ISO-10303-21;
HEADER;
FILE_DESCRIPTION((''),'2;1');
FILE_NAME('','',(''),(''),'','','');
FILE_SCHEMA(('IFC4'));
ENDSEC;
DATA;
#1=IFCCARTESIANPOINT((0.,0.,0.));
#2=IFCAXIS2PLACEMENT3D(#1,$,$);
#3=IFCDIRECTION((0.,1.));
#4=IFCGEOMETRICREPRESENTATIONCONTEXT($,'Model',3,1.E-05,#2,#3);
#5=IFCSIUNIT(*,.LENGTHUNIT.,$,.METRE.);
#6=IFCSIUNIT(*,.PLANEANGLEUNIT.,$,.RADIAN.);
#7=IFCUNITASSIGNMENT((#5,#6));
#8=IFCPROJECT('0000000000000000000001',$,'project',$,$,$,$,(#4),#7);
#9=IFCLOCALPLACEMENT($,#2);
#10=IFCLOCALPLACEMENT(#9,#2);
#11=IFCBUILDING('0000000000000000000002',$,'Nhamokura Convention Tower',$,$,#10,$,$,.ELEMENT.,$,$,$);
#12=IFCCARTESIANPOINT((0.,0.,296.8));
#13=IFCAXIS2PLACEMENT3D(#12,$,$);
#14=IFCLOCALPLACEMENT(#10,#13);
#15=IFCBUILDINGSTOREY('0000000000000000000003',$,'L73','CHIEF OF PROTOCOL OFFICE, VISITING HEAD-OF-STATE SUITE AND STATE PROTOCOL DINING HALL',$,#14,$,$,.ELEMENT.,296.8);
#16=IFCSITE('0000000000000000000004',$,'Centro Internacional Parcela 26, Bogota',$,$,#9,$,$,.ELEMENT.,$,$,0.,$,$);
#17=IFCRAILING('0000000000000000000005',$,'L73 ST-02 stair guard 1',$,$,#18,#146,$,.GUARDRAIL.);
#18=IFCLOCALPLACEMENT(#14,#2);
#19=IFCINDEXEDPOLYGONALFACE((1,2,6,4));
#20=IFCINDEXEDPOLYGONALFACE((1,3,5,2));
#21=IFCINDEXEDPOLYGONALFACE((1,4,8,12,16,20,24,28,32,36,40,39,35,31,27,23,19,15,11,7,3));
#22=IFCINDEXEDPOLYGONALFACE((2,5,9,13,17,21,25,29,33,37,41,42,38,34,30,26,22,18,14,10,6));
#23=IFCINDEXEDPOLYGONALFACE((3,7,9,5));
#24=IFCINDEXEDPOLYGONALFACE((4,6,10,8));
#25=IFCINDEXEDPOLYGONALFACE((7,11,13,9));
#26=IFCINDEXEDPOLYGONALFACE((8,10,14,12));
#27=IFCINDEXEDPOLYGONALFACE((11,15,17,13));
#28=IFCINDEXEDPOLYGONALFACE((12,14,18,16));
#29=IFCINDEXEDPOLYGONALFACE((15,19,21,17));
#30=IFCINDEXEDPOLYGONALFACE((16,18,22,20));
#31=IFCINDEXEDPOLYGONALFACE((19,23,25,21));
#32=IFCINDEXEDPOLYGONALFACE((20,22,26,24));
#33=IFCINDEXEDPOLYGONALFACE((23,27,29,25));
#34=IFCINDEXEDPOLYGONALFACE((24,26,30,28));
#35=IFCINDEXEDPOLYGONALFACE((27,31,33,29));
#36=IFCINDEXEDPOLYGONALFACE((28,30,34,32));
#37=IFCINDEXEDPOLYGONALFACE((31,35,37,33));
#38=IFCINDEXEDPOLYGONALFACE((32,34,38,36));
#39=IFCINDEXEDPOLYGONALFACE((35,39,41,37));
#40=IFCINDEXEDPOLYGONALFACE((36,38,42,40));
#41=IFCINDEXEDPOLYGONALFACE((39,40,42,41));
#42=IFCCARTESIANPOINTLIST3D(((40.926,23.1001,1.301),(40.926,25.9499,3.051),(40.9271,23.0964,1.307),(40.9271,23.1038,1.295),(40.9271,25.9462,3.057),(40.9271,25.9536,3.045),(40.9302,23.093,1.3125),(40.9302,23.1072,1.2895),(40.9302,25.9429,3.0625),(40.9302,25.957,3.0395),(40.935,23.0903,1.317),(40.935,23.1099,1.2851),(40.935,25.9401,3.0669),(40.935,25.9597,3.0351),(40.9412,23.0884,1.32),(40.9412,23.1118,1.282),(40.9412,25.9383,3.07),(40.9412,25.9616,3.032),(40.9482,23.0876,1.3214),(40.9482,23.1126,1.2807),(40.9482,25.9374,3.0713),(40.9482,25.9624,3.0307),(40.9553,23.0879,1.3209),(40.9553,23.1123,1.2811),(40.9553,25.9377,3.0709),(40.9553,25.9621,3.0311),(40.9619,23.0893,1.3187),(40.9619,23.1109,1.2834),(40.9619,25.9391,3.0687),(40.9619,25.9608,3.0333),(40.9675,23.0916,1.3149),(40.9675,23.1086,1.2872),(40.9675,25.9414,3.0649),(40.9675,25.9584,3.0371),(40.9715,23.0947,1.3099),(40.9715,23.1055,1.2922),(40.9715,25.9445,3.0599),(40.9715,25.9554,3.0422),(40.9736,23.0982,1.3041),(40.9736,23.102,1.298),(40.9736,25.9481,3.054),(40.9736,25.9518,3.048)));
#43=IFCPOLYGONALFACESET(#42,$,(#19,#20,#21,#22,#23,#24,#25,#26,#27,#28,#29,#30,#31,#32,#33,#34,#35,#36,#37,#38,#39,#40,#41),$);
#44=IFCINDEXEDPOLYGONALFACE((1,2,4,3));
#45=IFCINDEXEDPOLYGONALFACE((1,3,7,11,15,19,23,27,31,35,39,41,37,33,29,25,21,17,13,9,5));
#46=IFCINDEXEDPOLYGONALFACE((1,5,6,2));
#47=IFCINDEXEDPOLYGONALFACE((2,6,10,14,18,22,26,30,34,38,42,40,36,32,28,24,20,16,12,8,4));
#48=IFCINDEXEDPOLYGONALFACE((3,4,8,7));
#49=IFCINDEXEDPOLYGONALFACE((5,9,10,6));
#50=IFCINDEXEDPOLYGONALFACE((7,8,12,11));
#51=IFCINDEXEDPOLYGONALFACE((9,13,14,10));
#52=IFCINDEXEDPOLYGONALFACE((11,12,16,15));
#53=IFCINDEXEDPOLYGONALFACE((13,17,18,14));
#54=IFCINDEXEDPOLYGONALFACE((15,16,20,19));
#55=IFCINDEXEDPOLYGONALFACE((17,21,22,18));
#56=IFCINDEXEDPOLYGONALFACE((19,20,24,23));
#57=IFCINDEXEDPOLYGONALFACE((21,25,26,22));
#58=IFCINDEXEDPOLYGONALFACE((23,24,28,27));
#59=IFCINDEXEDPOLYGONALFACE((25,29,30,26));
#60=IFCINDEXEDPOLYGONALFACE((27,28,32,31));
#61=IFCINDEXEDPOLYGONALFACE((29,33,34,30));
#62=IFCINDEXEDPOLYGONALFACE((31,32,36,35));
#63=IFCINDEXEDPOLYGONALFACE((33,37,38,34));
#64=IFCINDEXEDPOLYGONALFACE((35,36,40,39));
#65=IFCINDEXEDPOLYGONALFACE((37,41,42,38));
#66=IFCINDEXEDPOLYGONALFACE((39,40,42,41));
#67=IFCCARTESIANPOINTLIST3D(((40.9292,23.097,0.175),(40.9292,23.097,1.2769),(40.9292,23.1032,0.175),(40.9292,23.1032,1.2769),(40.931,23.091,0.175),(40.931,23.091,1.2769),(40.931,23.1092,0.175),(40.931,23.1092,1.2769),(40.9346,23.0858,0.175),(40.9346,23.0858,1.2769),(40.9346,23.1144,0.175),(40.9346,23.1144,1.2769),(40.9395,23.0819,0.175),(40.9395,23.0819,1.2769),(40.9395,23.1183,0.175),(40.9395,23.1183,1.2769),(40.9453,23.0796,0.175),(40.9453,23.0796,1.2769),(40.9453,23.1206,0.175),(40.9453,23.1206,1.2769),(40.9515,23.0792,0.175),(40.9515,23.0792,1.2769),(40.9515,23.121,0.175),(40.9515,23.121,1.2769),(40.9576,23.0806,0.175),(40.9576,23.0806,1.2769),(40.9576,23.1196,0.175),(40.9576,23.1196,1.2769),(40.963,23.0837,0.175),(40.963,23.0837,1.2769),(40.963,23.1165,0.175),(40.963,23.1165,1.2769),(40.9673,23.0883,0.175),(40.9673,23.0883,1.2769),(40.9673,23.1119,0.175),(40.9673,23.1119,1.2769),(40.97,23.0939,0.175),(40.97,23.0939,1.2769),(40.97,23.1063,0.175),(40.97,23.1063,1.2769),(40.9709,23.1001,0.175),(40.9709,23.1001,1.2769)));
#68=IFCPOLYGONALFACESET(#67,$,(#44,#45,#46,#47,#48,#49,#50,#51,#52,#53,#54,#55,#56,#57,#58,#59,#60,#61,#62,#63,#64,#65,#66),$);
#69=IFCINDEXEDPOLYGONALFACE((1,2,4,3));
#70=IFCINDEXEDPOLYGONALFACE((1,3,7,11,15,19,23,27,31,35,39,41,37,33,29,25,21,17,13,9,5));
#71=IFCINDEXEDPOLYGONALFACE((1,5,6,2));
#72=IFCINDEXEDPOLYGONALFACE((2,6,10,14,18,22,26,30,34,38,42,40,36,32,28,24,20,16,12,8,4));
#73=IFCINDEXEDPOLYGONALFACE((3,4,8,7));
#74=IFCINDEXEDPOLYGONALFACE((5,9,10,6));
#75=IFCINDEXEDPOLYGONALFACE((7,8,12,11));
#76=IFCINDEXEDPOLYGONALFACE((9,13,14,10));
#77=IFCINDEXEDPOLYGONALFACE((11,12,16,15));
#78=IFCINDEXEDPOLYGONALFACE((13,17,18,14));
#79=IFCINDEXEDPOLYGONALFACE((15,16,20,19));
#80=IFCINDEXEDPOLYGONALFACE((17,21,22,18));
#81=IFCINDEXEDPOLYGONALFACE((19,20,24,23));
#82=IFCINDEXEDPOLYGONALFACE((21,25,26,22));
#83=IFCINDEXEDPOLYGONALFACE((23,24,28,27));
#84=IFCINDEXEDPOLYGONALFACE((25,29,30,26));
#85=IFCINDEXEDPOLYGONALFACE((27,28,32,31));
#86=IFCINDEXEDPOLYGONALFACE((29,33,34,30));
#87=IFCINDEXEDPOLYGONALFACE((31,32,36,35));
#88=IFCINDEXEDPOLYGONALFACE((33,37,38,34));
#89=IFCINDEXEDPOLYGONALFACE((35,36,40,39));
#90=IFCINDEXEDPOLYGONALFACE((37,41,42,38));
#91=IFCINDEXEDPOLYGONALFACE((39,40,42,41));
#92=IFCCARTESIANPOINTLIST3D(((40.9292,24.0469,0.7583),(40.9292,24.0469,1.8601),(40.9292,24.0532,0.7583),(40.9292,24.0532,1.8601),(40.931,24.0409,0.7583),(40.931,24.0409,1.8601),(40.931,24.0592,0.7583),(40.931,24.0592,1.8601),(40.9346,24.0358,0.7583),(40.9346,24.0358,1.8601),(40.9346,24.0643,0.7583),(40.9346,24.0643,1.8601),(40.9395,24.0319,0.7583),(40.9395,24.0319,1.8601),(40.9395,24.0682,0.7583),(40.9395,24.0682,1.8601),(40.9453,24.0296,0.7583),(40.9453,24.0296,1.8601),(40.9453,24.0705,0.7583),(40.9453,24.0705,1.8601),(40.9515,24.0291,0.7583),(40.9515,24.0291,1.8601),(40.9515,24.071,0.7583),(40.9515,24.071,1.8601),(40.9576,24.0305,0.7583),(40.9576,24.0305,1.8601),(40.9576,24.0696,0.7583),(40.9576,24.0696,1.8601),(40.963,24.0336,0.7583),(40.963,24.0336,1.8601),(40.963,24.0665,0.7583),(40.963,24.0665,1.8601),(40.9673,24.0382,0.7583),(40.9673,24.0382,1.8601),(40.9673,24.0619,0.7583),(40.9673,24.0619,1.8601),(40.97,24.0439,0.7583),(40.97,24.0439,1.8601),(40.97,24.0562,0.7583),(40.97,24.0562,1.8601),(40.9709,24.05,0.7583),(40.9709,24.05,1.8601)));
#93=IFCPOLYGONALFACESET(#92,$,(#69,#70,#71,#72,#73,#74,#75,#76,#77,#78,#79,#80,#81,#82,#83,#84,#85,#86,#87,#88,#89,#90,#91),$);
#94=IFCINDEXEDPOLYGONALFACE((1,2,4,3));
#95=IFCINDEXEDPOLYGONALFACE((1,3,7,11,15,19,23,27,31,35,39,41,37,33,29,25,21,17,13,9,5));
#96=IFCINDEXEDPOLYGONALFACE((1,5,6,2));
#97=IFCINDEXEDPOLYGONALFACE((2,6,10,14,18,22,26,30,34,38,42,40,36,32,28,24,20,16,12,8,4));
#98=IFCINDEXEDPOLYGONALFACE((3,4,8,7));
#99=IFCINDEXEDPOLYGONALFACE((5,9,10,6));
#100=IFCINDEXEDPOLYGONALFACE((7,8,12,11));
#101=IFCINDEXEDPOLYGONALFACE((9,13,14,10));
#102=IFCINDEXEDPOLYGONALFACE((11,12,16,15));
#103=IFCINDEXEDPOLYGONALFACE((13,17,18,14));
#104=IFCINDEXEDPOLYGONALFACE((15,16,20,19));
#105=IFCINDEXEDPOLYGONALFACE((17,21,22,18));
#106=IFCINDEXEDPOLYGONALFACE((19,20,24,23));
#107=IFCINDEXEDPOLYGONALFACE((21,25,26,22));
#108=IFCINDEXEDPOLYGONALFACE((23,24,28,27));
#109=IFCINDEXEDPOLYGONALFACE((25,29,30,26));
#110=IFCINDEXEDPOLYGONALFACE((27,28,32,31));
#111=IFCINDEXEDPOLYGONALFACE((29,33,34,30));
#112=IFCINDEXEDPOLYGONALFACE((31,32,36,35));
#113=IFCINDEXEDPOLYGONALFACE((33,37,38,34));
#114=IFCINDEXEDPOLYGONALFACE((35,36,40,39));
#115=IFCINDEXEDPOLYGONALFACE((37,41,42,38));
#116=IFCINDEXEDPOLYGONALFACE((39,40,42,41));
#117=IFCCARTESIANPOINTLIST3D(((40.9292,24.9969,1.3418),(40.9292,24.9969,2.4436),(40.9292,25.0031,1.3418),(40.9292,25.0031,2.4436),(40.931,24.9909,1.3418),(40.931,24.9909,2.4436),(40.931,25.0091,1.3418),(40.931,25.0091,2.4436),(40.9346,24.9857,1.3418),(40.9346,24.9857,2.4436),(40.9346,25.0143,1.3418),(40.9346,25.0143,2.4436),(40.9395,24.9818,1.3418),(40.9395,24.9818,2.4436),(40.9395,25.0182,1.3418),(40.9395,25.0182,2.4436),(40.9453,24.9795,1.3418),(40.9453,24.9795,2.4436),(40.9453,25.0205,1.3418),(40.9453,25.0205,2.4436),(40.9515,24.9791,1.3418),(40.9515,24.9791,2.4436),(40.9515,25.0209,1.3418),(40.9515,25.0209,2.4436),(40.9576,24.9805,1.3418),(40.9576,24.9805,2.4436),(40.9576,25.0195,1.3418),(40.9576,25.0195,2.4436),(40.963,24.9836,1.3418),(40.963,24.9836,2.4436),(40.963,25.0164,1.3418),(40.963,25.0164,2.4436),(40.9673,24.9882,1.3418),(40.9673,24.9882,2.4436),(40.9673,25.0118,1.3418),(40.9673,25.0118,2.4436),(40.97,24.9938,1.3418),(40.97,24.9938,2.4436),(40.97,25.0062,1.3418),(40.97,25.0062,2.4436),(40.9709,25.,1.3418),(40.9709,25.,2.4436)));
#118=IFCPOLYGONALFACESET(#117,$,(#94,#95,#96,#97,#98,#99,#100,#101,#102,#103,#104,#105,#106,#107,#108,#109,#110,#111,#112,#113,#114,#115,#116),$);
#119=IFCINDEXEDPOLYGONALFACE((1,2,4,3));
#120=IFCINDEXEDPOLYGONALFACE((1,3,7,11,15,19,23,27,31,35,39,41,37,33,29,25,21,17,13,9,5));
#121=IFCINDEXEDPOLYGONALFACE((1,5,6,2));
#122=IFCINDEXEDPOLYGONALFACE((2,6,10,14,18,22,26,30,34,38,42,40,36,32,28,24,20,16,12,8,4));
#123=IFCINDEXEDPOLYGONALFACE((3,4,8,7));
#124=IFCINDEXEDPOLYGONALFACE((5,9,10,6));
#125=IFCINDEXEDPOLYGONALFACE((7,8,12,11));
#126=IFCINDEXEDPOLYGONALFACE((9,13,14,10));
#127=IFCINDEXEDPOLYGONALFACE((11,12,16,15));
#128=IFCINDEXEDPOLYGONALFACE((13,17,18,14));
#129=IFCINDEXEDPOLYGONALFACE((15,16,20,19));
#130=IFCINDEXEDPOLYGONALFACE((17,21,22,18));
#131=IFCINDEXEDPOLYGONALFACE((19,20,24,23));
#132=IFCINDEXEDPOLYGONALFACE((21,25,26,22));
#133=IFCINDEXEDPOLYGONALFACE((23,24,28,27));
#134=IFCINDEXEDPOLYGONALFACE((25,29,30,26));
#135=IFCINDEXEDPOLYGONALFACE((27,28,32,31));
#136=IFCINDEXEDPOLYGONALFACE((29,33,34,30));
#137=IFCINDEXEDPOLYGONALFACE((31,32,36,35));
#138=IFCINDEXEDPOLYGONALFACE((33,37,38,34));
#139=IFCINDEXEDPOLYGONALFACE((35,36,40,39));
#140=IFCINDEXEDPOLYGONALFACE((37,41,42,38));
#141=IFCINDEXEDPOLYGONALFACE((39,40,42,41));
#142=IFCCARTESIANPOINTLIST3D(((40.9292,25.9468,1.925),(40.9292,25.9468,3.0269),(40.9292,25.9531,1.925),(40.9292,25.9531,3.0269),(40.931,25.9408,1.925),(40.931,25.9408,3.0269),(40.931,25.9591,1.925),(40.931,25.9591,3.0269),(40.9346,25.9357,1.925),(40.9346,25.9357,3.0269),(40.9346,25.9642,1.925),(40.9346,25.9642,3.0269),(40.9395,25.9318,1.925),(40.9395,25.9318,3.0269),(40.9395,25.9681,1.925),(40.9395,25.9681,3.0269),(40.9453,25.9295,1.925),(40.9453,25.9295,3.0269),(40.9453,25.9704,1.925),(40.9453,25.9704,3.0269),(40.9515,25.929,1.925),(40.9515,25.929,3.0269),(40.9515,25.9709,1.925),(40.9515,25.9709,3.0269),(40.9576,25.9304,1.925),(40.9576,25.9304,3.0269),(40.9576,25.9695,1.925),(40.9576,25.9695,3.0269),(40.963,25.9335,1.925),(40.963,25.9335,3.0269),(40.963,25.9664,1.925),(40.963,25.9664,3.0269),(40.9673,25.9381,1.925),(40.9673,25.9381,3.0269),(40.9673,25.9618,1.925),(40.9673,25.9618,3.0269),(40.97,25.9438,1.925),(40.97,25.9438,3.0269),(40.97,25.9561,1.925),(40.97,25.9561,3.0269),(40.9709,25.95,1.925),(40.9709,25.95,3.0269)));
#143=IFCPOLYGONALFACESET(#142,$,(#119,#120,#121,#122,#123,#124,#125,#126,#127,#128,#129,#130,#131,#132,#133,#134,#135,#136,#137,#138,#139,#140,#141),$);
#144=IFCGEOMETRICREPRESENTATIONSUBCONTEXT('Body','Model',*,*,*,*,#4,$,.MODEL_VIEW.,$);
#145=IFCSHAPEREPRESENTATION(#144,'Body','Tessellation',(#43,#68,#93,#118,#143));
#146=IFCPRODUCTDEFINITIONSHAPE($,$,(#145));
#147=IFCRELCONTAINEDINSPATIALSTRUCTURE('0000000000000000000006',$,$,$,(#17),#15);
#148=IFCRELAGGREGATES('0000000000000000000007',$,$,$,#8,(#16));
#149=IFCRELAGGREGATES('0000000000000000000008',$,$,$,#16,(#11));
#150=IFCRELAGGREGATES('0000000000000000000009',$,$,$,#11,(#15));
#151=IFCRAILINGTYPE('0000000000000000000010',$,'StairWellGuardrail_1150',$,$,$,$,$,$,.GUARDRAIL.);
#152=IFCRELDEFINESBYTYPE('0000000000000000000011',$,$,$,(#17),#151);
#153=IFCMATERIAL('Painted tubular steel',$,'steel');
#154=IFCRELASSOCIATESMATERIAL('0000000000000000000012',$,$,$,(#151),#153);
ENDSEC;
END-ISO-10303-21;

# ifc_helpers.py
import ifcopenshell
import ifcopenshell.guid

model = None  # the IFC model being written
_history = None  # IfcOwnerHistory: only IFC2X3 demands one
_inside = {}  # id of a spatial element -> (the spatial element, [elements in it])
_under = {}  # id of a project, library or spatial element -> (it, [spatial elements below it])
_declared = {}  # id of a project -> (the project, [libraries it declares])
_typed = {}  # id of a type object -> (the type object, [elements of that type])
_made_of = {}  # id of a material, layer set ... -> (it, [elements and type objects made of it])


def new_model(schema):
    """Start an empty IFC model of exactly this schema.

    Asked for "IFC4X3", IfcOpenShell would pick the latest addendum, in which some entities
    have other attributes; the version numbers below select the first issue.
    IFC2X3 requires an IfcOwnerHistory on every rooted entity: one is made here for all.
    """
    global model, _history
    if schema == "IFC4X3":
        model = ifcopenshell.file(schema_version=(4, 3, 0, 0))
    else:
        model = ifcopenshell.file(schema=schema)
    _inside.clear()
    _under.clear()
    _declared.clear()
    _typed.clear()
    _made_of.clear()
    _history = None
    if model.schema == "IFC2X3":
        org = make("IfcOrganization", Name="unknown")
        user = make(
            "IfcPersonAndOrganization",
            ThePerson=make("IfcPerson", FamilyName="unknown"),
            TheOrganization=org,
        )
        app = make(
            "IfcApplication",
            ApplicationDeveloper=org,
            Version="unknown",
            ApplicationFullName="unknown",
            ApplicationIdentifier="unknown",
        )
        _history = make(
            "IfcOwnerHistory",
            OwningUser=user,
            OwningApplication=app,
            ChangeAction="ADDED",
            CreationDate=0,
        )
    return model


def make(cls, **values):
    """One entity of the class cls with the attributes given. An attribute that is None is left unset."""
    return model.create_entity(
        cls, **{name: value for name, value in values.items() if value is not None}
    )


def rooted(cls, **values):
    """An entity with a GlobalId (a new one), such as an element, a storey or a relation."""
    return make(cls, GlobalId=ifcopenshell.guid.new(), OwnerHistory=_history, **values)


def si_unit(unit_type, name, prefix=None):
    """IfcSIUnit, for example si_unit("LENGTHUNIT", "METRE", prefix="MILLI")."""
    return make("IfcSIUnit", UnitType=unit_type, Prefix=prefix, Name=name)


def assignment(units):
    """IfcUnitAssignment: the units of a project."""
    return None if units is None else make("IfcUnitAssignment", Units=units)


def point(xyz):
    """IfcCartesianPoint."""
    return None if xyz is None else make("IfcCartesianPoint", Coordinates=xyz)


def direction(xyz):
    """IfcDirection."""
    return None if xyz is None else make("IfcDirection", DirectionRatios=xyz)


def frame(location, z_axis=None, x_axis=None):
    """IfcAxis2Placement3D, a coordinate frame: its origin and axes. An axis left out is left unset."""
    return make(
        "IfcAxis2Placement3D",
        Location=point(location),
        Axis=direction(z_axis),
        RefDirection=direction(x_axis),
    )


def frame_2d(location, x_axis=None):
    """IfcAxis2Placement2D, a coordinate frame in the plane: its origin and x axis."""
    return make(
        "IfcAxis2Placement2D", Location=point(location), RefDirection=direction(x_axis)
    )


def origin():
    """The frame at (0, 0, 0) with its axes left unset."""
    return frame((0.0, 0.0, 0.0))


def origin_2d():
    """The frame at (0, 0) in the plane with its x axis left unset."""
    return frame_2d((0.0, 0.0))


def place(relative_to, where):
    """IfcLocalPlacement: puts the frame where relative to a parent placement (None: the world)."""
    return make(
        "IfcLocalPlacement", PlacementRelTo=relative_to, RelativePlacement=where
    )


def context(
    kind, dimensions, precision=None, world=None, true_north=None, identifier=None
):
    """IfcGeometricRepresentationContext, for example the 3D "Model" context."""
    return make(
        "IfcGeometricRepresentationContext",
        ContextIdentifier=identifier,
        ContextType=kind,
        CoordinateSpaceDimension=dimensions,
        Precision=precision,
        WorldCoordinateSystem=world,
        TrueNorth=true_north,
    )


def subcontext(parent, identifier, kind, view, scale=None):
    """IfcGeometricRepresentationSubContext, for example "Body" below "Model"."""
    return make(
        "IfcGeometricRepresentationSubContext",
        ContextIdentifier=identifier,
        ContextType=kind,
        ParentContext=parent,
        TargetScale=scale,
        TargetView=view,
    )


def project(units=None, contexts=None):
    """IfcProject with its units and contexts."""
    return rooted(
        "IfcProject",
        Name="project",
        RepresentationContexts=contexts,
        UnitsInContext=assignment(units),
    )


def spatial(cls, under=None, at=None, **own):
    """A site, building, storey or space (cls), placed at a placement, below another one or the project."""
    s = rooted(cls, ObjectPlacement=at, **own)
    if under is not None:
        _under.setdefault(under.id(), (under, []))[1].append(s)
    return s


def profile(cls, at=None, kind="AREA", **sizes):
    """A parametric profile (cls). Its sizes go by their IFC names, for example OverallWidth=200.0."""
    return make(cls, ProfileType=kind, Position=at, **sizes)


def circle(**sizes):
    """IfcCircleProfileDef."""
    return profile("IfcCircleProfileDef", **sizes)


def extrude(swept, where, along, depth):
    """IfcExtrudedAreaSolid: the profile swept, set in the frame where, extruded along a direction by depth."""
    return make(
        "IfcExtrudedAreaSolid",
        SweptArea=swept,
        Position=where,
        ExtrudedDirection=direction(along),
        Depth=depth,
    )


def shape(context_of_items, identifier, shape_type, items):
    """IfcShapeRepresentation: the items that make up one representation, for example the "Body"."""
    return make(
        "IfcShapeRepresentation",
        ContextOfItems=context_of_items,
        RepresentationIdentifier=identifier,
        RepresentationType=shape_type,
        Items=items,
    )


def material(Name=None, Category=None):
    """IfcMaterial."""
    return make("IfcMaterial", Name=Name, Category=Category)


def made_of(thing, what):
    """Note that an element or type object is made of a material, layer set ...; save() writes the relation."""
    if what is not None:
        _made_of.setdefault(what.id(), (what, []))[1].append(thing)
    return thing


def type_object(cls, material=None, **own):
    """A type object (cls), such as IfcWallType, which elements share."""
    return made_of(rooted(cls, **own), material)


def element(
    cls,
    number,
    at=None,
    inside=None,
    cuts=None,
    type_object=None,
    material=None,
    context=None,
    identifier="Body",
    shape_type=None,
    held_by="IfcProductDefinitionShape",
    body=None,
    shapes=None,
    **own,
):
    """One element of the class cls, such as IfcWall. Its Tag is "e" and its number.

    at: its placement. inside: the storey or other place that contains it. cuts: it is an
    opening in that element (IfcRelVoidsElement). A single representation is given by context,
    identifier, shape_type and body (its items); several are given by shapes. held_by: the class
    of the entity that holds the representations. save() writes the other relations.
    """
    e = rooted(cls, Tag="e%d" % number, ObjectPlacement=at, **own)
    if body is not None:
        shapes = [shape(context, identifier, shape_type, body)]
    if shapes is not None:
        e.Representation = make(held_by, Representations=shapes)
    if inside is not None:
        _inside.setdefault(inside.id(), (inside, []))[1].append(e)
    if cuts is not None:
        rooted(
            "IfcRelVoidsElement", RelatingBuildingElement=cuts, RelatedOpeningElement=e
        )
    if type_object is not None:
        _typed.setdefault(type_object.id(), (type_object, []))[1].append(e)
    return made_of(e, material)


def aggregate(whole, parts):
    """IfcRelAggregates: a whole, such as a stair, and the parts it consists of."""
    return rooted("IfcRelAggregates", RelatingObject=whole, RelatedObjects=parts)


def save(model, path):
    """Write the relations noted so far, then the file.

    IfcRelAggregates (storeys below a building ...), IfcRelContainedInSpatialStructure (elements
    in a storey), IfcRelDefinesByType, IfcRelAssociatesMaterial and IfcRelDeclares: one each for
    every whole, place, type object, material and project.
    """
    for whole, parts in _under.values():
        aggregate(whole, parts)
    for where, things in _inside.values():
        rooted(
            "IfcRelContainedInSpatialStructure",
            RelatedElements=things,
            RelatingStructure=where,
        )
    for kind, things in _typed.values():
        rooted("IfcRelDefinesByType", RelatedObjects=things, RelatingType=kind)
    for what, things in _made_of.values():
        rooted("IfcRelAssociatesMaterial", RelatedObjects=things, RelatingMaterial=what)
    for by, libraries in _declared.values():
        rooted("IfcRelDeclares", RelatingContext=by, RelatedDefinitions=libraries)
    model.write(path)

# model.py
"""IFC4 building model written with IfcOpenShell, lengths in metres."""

from ifc_helpers import new_model, si_unit, direction, frame, origin, origin_2d, place, context, subcontext, project, spatial, circle, extrude, material, type_object, element, save


model = new_model("IFC4")

# Units and contexts
model_context = context("Model", 3, precision=1e-05, world=origin(), true_north=direction((0.0, 1.0)))
body_context = subcontext(model_context, "Body", "Model", "MODEL_VIEW")
ifc_project = project(units=[si_unit("LENGTHUNIT", "METRE"), si_unit("PLANEANGLEUNIT", "RADIAN")], contexts=[model_context])

# Site, building, storey
site_placement = place(None, origin())
site = spatial("IfcSite", under=ifc_project, at=site_placement, Name="Centro Internacional Parcela 26, Bogota", CompositionType="ELEMENT", RefElevation=0.0)
building_placement = place(site_placement, origin())
building = spatial("IfcBuilding", under=site, at=building_placement, Name="Nhamokura Convention Tower", CompositionType="ELEMENT")
storey_placement = place(building_placement, frame((0.0, 0.0, 296.8)))
storey = spatial("IfcBuildingStorey", under=building, at=storey_placement, Name="L73", Description="CHIEF OF PROTOCOL OFFICE, VISITING HEAD-OF-STATE SUITE AND STATE PROTOCOL DINING HALL", CompositionType="ELEMENT", Elevation=296.8)

# Railing
ifc_material_1 = material(Name="Painted tubular steel", Category="steel")
railing_type_1 = type_object("IfcRailingType", Name="StairWellGuardrail_1150", PredefinedType="GUARDRAIL", material=ifc_material_1)
railing_1_placement = place(storey_placement, frame((40.95, 23.1001, 0.175)))
element("IfcRailing", 1, at=railing_1_placement, inside=storey, type_object=railing_type_1, Name="L73 ST-02 stair guard 1", PredefinedType="GUARDRAIL", context=body_context, shape_type="SweptSolid", body=[
    extrude(circle(Radius=0.0239, at=origin_2d()), frame((0.0, 0.0, 1.126), z_axis=(0.0, 0.852159, 0.523283), x_axis=(-1.0, 0.0, 0.0)), (0.0, 0.0, 1.0), 3.3442),
    extrude(circle(Radius=0.021, at=origin_2d()), origin(), (0.0, 0.0, 1.0), 1.1018),
    extrude(circle(Radius=0.021, at=origin_2d()), frame((0.0, 0.95, 0.5833)), (0.0, 0.0, 1.0), 1.1018),
    extrude(circle(Radius=0.021, at=origin_2d()), frame((0.0, 1.8999, 1.1667)), (0.0, 0.0, 1.0), 1.1018),
    extrude(circle(Radius=0.021, at=origin_2d()), frame((0.0, 2.8499, 1.75)), (0.0, 0.0, 1.0), 1.1018),
])

save(model, "model.ifc")
